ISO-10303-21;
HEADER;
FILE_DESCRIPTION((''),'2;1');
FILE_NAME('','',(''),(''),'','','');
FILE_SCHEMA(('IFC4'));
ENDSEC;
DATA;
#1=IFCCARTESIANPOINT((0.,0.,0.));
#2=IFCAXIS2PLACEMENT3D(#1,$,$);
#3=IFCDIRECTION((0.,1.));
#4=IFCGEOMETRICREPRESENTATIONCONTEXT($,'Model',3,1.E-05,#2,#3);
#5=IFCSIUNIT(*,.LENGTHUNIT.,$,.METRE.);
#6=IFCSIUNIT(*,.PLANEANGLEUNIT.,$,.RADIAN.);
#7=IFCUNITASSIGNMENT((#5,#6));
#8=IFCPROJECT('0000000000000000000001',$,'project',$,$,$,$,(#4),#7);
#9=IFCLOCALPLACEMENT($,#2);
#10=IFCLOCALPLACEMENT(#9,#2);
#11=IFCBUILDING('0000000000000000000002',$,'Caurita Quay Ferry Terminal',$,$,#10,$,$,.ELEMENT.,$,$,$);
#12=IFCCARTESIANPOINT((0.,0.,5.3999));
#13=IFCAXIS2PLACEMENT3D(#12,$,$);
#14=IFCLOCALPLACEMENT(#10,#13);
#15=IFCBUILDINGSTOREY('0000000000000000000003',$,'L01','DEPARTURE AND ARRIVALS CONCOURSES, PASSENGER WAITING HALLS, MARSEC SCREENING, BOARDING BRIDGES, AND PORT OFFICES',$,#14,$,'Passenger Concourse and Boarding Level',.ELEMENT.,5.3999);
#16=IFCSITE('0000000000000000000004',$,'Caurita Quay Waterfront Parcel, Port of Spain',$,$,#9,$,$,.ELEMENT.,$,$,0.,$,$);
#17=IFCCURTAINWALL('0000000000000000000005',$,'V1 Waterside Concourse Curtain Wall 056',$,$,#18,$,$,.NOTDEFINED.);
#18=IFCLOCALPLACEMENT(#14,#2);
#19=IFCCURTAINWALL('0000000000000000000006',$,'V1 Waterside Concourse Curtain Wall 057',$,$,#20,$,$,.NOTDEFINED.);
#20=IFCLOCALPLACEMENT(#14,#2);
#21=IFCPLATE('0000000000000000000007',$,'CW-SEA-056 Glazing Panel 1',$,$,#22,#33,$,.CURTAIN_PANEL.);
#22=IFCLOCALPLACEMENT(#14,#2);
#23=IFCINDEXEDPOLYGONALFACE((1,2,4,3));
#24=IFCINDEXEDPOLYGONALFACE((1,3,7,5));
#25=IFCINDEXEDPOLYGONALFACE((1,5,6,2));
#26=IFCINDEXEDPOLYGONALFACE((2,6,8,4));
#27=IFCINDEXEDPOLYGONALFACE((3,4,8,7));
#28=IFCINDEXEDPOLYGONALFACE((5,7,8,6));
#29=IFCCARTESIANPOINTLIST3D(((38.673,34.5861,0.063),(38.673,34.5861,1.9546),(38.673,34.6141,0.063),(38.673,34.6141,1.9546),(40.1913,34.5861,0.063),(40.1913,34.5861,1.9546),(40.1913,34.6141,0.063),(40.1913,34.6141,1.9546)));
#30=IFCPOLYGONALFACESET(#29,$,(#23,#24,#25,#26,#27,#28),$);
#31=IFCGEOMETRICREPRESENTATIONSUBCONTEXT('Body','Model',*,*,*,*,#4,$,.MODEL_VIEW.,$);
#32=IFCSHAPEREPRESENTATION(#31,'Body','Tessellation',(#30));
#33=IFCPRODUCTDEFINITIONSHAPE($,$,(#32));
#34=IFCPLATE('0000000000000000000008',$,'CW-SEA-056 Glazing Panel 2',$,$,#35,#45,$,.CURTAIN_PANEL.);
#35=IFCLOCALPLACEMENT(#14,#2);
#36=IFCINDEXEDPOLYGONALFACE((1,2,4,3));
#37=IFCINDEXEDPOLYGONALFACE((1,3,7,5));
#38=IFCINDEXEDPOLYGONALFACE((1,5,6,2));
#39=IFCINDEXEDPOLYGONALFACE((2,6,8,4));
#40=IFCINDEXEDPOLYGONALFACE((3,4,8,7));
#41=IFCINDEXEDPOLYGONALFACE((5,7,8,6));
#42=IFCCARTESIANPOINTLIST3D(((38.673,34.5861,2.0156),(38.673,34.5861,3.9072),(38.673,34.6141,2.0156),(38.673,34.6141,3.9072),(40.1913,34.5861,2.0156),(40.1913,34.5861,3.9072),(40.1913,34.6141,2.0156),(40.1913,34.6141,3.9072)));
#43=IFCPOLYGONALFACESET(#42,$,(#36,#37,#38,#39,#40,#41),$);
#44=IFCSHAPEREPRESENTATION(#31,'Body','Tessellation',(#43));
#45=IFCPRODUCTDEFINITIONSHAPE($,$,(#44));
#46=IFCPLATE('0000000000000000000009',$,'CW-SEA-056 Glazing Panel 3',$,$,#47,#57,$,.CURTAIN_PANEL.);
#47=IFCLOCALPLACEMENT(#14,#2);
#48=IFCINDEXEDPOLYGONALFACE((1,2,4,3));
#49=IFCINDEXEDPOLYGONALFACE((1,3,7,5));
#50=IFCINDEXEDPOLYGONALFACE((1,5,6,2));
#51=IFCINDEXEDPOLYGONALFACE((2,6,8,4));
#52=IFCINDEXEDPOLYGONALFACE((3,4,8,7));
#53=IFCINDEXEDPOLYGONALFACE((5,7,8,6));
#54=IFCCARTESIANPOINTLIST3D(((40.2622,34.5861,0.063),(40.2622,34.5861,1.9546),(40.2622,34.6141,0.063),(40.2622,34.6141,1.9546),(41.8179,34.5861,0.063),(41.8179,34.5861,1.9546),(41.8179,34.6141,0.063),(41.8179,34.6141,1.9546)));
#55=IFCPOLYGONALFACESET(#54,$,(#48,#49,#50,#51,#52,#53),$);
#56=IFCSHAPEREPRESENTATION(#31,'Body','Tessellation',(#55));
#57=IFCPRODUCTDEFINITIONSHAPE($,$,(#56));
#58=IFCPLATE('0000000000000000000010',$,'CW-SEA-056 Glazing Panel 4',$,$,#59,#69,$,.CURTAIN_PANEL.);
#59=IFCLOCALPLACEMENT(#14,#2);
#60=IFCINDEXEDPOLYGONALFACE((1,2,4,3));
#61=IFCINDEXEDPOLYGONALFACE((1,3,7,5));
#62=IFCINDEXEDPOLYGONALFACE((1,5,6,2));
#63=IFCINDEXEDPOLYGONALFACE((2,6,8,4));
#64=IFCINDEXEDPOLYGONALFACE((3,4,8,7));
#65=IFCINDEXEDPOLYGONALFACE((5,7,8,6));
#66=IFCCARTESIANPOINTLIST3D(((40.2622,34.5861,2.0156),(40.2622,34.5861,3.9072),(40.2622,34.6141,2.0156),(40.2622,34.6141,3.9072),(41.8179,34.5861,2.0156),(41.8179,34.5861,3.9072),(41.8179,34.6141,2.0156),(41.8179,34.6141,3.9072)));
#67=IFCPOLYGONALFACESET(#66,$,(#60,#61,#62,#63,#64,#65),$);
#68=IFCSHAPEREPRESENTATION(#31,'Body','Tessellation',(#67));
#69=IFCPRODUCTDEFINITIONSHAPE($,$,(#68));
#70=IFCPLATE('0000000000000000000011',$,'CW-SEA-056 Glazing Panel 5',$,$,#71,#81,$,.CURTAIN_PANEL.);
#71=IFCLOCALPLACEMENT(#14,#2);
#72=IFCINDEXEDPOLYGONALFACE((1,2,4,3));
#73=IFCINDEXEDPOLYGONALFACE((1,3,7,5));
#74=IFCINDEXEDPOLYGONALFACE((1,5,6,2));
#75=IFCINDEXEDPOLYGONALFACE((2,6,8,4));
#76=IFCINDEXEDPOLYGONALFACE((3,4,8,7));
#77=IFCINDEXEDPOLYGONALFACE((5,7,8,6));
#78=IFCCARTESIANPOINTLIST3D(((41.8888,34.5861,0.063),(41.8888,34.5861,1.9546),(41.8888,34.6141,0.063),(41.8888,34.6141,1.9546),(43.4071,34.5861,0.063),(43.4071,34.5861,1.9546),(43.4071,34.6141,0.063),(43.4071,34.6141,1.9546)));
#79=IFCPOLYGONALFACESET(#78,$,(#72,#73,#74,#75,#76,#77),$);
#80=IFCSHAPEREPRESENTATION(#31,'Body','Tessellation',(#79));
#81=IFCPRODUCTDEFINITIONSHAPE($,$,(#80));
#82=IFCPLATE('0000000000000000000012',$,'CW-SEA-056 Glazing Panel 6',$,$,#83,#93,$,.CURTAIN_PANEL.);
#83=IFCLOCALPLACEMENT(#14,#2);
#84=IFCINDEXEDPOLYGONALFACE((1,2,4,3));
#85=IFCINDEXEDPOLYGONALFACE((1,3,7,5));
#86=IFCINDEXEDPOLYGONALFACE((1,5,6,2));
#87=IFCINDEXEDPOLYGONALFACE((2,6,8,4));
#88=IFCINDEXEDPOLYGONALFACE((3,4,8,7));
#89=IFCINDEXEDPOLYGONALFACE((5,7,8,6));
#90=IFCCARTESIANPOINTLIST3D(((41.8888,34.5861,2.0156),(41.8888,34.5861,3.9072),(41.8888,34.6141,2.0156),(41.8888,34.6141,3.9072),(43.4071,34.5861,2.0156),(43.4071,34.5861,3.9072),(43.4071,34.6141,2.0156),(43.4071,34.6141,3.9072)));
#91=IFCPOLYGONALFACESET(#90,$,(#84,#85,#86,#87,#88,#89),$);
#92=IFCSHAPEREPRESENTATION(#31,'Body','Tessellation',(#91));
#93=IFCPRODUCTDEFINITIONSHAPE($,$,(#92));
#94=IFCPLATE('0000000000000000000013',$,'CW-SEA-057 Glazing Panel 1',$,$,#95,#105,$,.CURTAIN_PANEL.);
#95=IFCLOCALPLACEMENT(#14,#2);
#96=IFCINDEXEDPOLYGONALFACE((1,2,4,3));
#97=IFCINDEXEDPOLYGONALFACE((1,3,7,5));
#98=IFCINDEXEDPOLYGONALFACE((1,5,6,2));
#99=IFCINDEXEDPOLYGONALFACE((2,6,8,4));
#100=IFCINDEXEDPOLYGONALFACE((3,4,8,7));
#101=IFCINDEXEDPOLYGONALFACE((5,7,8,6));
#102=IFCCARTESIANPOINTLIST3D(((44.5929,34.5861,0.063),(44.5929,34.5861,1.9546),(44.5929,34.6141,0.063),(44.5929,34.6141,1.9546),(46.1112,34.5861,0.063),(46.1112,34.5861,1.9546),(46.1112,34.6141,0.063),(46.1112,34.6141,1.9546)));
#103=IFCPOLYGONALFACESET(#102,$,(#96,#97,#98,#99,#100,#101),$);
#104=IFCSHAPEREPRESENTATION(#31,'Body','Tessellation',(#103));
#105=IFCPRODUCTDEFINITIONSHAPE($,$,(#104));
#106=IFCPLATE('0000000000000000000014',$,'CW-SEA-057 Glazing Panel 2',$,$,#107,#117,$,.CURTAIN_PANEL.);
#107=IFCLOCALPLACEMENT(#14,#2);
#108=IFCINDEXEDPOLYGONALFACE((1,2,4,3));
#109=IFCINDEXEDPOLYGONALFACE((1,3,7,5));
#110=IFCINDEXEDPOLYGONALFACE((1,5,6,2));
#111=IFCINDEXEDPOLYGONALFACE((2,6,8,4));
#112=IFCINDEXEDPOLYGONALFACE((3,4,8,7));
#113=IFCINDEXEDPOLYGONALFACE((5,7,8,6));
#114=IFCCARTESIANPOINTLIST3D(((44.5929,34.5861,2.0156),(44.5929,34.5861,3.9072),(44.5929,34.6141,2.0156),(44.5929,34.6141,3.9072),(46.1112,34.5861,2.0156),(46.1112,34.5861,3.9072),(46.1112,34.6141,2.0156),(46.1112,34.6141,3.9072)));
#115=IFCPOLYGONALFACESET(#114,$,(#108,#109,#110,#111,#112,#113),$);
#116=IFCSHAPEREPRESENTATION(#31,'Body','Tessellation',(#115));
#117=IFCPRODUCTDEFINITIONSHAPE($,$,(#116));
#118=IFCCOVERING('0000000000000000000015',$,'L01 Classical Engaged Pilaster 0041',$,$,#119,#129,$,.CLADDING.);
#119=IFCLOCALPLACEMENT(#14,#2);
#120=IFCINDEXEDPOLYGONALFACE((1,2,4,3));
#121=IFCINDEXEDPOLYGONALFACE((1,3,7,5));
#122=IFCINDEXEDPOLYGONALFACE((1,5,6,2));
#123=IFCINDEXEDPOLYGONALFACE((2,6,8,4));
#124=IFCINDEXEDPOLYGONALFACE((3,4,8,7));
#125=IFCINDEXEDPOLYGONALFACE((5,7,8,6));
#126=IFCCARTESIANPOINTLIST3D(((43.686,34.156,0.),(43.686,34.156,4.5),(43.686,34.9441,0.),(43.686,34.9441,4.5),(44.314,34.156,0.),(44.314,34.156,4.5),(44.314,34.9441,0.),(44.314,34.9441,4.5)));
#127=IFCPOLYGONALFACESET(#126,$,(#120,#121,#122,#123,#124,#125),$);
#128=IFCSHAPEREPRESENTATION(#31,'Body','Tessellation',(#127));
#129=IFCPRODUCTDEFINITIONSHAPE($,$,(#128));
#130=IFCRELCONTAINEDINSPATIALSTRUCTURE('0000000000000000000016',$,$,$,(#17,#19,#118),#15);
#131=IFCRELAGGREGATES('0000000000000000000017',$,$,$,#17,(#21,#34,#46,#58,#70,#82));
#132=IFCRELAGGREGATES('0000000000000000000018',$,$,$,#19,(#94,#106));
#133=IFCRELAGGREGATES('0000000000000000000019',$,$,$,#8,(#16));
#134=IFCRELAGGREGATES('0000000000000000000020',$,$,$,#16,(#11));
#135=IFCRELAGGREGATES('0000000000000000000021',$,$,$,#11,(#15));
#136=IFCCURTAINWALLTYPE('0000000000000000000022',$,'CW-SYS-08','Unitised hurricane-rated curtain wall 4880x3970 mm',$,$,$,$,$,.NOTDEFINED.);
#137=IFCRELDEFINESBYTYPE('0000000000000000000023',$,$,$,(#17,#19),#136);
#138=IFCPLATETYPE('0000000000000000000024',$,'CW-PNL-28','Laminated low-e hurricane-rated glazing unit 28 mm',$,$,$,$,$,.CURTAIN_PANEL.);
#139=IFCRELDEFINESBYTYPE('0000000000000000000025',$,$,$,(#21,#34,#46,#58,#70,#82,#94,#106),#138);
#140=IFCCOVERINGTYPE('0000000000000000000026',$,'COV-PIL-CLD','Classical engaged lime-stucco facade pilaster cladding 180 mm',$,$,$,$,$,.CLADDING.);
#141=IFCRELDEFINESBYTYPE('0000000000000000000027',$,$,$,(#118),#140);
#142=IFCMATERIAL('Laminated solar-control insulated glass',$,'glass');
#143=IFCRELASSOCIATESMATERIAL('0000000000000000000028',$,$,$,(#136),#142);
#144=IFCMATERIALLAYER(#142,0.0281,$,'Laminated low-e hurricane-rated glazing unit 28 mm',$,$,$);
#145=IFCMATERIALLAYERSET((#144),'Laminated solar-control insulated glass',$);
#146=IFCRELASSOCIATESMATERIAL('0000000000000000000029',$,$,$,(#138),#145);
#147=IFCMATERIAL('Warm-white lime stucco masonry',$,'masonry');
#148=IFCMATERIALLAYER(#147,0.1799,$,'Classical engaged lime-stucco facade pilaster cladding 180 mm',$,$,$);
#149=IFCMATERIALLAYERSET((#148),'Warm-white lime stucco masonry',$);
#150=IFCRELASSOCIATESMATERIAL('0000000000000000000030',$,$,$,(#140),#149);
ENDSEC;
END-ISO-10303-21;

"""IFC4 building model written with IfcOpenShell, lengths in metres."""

from ifc_helpers import new_model, si_unit, direction, frame, origin, origin_2d, place, context, subcontext, project, spatial, rectangle, extrude, material, layer, layer_set, type_object, element, aggregate, save


model = new_model("IFC4")

# Units and contexts
model_context = context("Model", 3, precision=1e-05, world=origin(), true_north=direction((0.0, 1.0)))
body_context = subcontext(model_context, "Body", "Model", "MODEL_VIEW")
ifc_project = project(units=[si_unit("LENGTHUNIT", "METRE"), si_unit("PLANEANGLEUNIT", "RADIAN")], contexts=[model_context])

# Site, building, storey
site_placement = place(None, origin())
site = spatial("IfcSite", under=ifc_project, at=site_placement, Name="Caurita Quay Waterfront Parcel, Port of Spain", CompositionType="ELEMENT", RefElevation=0.0)
building_placement = place(site_placement, origin())
building = spatial("IfcBuilding", under=site, at=building_placement, Name="Caurita Quay Ferry Terminal", CompositionType="ELEMENT")
storey_placement = place(building_placement, frame((0.0, 0.0, 5.3999)))
storey = spatial("IfcBuildingStorey", under=building, at=storey_placement, Name="L01", Description="DEPARTURE AND ARRIVALS CONCOURSES, PASSENGER WAITING HALLS, MARSEC SCREENING, BOARDING BRIDGES, AND PORT OFFICES", LongName="Passenger Concourse and Boarding Level", CompositionType="ELEMENT", Elevation=5.3999)

# Curtain wall
ifc_material_1 = material(Name="Laminated solar-control insulated glass", Category="glass")
curtain_wall_type = type_object("IfcCurtainWallType", Name="CW-SYS-08", Description="Unitised hurricane-rated curtain wall 4880x3970 mm", PredefinedType="NOTDEFINED", material=ifc_material_1)
curtain_wall_1_placement = place(storey_placement, origin())
curtain_wall_1 = element("IfcCurtainWall", 1, at=curtain_wall_1_placement, inside=storey, type_object=curtain_wall_type, Name="V1 Waterside Concourse Curtain Wall 056", PredefinedType="NOTDEFINED")

# Curtain wall
curtain_wall_2_placement = place(storey_placement, origin())
curtain_wall_2 = element("IfcCurtainWall", 2, at=curtain_wall_2_placement, inside=storey, type_object=curtain_wall_type, Name="V1 Waterside Concourse Curtain Wall 057", PredefinedType="NOTDEFINED")

# Plates
ifc_layer_1 = layer(ifc_material_1, 0.0281, Name="Laminated low-e hurricane-rated glazing unit 28 mm")
ifc_layer_set_1 = layer_set([ifc_layer_1], Name="Laminated solar-control insulated glass")
plate_type = type_object("IfcPlateType", Name="CW-PNL-28", Description="Laminated low-e hurricane-rated glazing unit 28 mm", PredefinedType="CURTAIN_PANEL", material=ifc_layer_set_1)
plate_1_placement = place(storey_placement, frame((39.4321, 34.6001, 0.063), z_axis=(0.0, 0.0, 1.0), x_axis=(1.0, 0.0, 0.0)))
plate_1 = element("IfcPlate", 3, at=plate_1_placement, type_object=plate_type, Name="CW-SEA-056 Glazing Panel 1", PredefinedType="CURTAIN_PANEL", context=body_context, shape_type="SweptSolid", body=[
    extrude(rectangle(XDim=1.5183, YDim=0.0281, at=origin_2d()), origin(), (0.0, 0.0, 1.0), 1.8916),
])
plate_2_placement = place(storey_placement, frame((39.4321, 34.6001, 2.0156), z_axis=(0.0, 0.0, 1.0), x_axis=(1.0, 0.0, 0.0)))
plate_2 = element("IfcPlate", 4, at=plate_2_placement, type_object=plate_type, Name="CW-SEA-056 Glazing Panel 2", PredefinedType="CURTAIN_PANEL", context=body_context, shape_type="SweptSolid", body=[
    extrude(rectangle(XDim=1.5183, YDim=0.0281, at=origin_2d()), origin(), (0.0, 0.0, 1.0), 1.8916),
])
plate_3_placement = place(storey_placement, frame((41.04, 34.6001, 0.063), z_axis=(0.0, 0.0, 1.0), x_axis=(1.0, 0.0, 0.0)))
plate_3 = element("IfcPlate", 5, at=plate_3_placement, type_object=plate_type, Name="CW-SEA-056 Glazing Panel 3", PredefinedType="CURTAIN_PANEL", context=body_context, shape_type="SweptSolid", body=[
    extrude(rectangle(XDim=1.5557, YDim=0.0281, at=origin_2d()), origin(), (0.0, 0.0, 1.0), 1.8916),
])
plate_4_placement = place(storey_placement, frame((41.04, 34.6001, 2.0156), z_axis=(0.0, 0.0, 1.0), x_axis=(1.0, 0.0, 0.0)))
plate_4 = element("IfcPlate", 6, at=plate_4_placement, type_object=plate_type, Name="CW-SEA-056 Glazing Panel 4", PredefinedType="CURTAIN_PANEL", context=body_context, shape_type="SweptSolid", body=[
    extrude(rectangle(XDim=1.5557, YDim=0.0281, at=origin_2d()), origin(), (0.0, 0.0, 1.0), 1.8916),
])
plate_5_placement = place(storey_placement, frame((42.6479, 34.6001, 0.063), z_axis=(0.0, 0.0, 1.0), x_axis=(1.0, 0.0, 0.0)))
plate_5 = element("IfcPlate", 7, at=plate_5_placement, type_object=plate_type, Name="CW-SEA-056 Glazing Panel 5", PredefinedType="CURTAIN_PANEL", context=body_context, shape_type="SweptSolid", body=[
    extrude(rectangle(XDim=1.5183, YDim=0.0281, at=origin_2d()), origin(), (0.0, 0.0, 1.0), 1.8916),
])
plate_6_placement = place(storey_placement, frame((42.6479, 34.6001, 2.0156), z_axis=(0.0, 0.0, 1.0), x_axis=(1.0, 0.0, 0.0)))
plate_6 = element("IfcPlate", 8, at=plate_6_placement, type_object=plate_type, Name="CW-SEA-056 Glazing Panel 6", PredefinedType="CURTAIN_PANEL", context=body_context, shape_type="SweptSolid", body=[
    extrude(rectangle(XDim=1.5183, YDim=0.0281, at=origin_2d()), origin(), (0.0, 0.0, 1.0), 1.8916),
])
aggregate(curtain_wall_1, [plate_1, plate_2, plate_3, plate_4, plate_5, plate_6])
plate_7_placement = place(storey_placement, frame((45.3521, 34.6001, 0.063), z_axis=(0.0, 0.0, 1.0), x_axis=(1.0, 0.0, 0.0)))
plate_7 = element("IfcPlate", 9, at=plate_7_placement, type_object=plate_type, Name="CW-SEA-057 Glazing Panel 1", PredefinedType="CURTAIN_PANEL", context=body_context, shape_type="SweptSolid", body=[
    extrude(rectangle(XDim=1.5183, YDim=0.0281, at=origin_2d()), origin(), (0.0, 0.0, 1.0), 1.8916),
])
plate_8_placement = place(storey_placement, frame((45.3521, 34.6001, 2.0156), z_axis=(0.0, 0.0, 1.0), x_axis=(1.0, 0.0, 0.0)))
plate_8 = element("IfcPlate", 10, at=plate_8_placement, type_object=plate_type, Name="CW-SEA-057 Glazing Panel 2", PredefinedType="CURTAIN_PANEL", context=body_context, shape_type="SweptSolid", body=[
    extrude(rectangle(XDim=1.5183, YDim=0.0281, at=origin_2d()), origin(), (0.0, 0.0, 1.0), 1.8916),
])
aggregate(curtain_wall_2, [plate_7, plate_8])

# Covering
ifc_material_2 = material(Name="Warm-white lime stucco masonry", Category="masonry")
ifc_layer_2 = layer(ifc_material_2, 0.1799, Name="Classical engaged lime-stucco facade pilaster cladding 180 mm")
ifc_layer_set_2 = layer_set([ifc_layer_2], Name="Warm-white lime stucco masonry")
covering_type = type_object("IfcCoveringType", Name="COV-PIL-CLD", Description="Classical engaged lime-stucco facade pilaster cladding 180 mm", PredefinedType="CLADDING", material=ifc_layer_set_2)
covering_placement = place(storey_placement, frame((44.0, 34.55, 0.0), z_axis=(0.0, 0.0, 1.0), x_axis=(1.0, 0.0, 0.0)))
element("IfcCovering", 11, at=covering_placement, inside=storey, type_object=covering_type, Name="L01 Classical Engaged Pilaster 0041", PredefinedType="CLADDING", context=body_context, shape_type="SweptSolid", body=[
    extrude(rectangle(XDim=0.6279, YDim=0.7881, at=origin_2d()), origin(), (0.0, 0.0, 1.0), 4.5),
])

save(model, "model.ifc")
